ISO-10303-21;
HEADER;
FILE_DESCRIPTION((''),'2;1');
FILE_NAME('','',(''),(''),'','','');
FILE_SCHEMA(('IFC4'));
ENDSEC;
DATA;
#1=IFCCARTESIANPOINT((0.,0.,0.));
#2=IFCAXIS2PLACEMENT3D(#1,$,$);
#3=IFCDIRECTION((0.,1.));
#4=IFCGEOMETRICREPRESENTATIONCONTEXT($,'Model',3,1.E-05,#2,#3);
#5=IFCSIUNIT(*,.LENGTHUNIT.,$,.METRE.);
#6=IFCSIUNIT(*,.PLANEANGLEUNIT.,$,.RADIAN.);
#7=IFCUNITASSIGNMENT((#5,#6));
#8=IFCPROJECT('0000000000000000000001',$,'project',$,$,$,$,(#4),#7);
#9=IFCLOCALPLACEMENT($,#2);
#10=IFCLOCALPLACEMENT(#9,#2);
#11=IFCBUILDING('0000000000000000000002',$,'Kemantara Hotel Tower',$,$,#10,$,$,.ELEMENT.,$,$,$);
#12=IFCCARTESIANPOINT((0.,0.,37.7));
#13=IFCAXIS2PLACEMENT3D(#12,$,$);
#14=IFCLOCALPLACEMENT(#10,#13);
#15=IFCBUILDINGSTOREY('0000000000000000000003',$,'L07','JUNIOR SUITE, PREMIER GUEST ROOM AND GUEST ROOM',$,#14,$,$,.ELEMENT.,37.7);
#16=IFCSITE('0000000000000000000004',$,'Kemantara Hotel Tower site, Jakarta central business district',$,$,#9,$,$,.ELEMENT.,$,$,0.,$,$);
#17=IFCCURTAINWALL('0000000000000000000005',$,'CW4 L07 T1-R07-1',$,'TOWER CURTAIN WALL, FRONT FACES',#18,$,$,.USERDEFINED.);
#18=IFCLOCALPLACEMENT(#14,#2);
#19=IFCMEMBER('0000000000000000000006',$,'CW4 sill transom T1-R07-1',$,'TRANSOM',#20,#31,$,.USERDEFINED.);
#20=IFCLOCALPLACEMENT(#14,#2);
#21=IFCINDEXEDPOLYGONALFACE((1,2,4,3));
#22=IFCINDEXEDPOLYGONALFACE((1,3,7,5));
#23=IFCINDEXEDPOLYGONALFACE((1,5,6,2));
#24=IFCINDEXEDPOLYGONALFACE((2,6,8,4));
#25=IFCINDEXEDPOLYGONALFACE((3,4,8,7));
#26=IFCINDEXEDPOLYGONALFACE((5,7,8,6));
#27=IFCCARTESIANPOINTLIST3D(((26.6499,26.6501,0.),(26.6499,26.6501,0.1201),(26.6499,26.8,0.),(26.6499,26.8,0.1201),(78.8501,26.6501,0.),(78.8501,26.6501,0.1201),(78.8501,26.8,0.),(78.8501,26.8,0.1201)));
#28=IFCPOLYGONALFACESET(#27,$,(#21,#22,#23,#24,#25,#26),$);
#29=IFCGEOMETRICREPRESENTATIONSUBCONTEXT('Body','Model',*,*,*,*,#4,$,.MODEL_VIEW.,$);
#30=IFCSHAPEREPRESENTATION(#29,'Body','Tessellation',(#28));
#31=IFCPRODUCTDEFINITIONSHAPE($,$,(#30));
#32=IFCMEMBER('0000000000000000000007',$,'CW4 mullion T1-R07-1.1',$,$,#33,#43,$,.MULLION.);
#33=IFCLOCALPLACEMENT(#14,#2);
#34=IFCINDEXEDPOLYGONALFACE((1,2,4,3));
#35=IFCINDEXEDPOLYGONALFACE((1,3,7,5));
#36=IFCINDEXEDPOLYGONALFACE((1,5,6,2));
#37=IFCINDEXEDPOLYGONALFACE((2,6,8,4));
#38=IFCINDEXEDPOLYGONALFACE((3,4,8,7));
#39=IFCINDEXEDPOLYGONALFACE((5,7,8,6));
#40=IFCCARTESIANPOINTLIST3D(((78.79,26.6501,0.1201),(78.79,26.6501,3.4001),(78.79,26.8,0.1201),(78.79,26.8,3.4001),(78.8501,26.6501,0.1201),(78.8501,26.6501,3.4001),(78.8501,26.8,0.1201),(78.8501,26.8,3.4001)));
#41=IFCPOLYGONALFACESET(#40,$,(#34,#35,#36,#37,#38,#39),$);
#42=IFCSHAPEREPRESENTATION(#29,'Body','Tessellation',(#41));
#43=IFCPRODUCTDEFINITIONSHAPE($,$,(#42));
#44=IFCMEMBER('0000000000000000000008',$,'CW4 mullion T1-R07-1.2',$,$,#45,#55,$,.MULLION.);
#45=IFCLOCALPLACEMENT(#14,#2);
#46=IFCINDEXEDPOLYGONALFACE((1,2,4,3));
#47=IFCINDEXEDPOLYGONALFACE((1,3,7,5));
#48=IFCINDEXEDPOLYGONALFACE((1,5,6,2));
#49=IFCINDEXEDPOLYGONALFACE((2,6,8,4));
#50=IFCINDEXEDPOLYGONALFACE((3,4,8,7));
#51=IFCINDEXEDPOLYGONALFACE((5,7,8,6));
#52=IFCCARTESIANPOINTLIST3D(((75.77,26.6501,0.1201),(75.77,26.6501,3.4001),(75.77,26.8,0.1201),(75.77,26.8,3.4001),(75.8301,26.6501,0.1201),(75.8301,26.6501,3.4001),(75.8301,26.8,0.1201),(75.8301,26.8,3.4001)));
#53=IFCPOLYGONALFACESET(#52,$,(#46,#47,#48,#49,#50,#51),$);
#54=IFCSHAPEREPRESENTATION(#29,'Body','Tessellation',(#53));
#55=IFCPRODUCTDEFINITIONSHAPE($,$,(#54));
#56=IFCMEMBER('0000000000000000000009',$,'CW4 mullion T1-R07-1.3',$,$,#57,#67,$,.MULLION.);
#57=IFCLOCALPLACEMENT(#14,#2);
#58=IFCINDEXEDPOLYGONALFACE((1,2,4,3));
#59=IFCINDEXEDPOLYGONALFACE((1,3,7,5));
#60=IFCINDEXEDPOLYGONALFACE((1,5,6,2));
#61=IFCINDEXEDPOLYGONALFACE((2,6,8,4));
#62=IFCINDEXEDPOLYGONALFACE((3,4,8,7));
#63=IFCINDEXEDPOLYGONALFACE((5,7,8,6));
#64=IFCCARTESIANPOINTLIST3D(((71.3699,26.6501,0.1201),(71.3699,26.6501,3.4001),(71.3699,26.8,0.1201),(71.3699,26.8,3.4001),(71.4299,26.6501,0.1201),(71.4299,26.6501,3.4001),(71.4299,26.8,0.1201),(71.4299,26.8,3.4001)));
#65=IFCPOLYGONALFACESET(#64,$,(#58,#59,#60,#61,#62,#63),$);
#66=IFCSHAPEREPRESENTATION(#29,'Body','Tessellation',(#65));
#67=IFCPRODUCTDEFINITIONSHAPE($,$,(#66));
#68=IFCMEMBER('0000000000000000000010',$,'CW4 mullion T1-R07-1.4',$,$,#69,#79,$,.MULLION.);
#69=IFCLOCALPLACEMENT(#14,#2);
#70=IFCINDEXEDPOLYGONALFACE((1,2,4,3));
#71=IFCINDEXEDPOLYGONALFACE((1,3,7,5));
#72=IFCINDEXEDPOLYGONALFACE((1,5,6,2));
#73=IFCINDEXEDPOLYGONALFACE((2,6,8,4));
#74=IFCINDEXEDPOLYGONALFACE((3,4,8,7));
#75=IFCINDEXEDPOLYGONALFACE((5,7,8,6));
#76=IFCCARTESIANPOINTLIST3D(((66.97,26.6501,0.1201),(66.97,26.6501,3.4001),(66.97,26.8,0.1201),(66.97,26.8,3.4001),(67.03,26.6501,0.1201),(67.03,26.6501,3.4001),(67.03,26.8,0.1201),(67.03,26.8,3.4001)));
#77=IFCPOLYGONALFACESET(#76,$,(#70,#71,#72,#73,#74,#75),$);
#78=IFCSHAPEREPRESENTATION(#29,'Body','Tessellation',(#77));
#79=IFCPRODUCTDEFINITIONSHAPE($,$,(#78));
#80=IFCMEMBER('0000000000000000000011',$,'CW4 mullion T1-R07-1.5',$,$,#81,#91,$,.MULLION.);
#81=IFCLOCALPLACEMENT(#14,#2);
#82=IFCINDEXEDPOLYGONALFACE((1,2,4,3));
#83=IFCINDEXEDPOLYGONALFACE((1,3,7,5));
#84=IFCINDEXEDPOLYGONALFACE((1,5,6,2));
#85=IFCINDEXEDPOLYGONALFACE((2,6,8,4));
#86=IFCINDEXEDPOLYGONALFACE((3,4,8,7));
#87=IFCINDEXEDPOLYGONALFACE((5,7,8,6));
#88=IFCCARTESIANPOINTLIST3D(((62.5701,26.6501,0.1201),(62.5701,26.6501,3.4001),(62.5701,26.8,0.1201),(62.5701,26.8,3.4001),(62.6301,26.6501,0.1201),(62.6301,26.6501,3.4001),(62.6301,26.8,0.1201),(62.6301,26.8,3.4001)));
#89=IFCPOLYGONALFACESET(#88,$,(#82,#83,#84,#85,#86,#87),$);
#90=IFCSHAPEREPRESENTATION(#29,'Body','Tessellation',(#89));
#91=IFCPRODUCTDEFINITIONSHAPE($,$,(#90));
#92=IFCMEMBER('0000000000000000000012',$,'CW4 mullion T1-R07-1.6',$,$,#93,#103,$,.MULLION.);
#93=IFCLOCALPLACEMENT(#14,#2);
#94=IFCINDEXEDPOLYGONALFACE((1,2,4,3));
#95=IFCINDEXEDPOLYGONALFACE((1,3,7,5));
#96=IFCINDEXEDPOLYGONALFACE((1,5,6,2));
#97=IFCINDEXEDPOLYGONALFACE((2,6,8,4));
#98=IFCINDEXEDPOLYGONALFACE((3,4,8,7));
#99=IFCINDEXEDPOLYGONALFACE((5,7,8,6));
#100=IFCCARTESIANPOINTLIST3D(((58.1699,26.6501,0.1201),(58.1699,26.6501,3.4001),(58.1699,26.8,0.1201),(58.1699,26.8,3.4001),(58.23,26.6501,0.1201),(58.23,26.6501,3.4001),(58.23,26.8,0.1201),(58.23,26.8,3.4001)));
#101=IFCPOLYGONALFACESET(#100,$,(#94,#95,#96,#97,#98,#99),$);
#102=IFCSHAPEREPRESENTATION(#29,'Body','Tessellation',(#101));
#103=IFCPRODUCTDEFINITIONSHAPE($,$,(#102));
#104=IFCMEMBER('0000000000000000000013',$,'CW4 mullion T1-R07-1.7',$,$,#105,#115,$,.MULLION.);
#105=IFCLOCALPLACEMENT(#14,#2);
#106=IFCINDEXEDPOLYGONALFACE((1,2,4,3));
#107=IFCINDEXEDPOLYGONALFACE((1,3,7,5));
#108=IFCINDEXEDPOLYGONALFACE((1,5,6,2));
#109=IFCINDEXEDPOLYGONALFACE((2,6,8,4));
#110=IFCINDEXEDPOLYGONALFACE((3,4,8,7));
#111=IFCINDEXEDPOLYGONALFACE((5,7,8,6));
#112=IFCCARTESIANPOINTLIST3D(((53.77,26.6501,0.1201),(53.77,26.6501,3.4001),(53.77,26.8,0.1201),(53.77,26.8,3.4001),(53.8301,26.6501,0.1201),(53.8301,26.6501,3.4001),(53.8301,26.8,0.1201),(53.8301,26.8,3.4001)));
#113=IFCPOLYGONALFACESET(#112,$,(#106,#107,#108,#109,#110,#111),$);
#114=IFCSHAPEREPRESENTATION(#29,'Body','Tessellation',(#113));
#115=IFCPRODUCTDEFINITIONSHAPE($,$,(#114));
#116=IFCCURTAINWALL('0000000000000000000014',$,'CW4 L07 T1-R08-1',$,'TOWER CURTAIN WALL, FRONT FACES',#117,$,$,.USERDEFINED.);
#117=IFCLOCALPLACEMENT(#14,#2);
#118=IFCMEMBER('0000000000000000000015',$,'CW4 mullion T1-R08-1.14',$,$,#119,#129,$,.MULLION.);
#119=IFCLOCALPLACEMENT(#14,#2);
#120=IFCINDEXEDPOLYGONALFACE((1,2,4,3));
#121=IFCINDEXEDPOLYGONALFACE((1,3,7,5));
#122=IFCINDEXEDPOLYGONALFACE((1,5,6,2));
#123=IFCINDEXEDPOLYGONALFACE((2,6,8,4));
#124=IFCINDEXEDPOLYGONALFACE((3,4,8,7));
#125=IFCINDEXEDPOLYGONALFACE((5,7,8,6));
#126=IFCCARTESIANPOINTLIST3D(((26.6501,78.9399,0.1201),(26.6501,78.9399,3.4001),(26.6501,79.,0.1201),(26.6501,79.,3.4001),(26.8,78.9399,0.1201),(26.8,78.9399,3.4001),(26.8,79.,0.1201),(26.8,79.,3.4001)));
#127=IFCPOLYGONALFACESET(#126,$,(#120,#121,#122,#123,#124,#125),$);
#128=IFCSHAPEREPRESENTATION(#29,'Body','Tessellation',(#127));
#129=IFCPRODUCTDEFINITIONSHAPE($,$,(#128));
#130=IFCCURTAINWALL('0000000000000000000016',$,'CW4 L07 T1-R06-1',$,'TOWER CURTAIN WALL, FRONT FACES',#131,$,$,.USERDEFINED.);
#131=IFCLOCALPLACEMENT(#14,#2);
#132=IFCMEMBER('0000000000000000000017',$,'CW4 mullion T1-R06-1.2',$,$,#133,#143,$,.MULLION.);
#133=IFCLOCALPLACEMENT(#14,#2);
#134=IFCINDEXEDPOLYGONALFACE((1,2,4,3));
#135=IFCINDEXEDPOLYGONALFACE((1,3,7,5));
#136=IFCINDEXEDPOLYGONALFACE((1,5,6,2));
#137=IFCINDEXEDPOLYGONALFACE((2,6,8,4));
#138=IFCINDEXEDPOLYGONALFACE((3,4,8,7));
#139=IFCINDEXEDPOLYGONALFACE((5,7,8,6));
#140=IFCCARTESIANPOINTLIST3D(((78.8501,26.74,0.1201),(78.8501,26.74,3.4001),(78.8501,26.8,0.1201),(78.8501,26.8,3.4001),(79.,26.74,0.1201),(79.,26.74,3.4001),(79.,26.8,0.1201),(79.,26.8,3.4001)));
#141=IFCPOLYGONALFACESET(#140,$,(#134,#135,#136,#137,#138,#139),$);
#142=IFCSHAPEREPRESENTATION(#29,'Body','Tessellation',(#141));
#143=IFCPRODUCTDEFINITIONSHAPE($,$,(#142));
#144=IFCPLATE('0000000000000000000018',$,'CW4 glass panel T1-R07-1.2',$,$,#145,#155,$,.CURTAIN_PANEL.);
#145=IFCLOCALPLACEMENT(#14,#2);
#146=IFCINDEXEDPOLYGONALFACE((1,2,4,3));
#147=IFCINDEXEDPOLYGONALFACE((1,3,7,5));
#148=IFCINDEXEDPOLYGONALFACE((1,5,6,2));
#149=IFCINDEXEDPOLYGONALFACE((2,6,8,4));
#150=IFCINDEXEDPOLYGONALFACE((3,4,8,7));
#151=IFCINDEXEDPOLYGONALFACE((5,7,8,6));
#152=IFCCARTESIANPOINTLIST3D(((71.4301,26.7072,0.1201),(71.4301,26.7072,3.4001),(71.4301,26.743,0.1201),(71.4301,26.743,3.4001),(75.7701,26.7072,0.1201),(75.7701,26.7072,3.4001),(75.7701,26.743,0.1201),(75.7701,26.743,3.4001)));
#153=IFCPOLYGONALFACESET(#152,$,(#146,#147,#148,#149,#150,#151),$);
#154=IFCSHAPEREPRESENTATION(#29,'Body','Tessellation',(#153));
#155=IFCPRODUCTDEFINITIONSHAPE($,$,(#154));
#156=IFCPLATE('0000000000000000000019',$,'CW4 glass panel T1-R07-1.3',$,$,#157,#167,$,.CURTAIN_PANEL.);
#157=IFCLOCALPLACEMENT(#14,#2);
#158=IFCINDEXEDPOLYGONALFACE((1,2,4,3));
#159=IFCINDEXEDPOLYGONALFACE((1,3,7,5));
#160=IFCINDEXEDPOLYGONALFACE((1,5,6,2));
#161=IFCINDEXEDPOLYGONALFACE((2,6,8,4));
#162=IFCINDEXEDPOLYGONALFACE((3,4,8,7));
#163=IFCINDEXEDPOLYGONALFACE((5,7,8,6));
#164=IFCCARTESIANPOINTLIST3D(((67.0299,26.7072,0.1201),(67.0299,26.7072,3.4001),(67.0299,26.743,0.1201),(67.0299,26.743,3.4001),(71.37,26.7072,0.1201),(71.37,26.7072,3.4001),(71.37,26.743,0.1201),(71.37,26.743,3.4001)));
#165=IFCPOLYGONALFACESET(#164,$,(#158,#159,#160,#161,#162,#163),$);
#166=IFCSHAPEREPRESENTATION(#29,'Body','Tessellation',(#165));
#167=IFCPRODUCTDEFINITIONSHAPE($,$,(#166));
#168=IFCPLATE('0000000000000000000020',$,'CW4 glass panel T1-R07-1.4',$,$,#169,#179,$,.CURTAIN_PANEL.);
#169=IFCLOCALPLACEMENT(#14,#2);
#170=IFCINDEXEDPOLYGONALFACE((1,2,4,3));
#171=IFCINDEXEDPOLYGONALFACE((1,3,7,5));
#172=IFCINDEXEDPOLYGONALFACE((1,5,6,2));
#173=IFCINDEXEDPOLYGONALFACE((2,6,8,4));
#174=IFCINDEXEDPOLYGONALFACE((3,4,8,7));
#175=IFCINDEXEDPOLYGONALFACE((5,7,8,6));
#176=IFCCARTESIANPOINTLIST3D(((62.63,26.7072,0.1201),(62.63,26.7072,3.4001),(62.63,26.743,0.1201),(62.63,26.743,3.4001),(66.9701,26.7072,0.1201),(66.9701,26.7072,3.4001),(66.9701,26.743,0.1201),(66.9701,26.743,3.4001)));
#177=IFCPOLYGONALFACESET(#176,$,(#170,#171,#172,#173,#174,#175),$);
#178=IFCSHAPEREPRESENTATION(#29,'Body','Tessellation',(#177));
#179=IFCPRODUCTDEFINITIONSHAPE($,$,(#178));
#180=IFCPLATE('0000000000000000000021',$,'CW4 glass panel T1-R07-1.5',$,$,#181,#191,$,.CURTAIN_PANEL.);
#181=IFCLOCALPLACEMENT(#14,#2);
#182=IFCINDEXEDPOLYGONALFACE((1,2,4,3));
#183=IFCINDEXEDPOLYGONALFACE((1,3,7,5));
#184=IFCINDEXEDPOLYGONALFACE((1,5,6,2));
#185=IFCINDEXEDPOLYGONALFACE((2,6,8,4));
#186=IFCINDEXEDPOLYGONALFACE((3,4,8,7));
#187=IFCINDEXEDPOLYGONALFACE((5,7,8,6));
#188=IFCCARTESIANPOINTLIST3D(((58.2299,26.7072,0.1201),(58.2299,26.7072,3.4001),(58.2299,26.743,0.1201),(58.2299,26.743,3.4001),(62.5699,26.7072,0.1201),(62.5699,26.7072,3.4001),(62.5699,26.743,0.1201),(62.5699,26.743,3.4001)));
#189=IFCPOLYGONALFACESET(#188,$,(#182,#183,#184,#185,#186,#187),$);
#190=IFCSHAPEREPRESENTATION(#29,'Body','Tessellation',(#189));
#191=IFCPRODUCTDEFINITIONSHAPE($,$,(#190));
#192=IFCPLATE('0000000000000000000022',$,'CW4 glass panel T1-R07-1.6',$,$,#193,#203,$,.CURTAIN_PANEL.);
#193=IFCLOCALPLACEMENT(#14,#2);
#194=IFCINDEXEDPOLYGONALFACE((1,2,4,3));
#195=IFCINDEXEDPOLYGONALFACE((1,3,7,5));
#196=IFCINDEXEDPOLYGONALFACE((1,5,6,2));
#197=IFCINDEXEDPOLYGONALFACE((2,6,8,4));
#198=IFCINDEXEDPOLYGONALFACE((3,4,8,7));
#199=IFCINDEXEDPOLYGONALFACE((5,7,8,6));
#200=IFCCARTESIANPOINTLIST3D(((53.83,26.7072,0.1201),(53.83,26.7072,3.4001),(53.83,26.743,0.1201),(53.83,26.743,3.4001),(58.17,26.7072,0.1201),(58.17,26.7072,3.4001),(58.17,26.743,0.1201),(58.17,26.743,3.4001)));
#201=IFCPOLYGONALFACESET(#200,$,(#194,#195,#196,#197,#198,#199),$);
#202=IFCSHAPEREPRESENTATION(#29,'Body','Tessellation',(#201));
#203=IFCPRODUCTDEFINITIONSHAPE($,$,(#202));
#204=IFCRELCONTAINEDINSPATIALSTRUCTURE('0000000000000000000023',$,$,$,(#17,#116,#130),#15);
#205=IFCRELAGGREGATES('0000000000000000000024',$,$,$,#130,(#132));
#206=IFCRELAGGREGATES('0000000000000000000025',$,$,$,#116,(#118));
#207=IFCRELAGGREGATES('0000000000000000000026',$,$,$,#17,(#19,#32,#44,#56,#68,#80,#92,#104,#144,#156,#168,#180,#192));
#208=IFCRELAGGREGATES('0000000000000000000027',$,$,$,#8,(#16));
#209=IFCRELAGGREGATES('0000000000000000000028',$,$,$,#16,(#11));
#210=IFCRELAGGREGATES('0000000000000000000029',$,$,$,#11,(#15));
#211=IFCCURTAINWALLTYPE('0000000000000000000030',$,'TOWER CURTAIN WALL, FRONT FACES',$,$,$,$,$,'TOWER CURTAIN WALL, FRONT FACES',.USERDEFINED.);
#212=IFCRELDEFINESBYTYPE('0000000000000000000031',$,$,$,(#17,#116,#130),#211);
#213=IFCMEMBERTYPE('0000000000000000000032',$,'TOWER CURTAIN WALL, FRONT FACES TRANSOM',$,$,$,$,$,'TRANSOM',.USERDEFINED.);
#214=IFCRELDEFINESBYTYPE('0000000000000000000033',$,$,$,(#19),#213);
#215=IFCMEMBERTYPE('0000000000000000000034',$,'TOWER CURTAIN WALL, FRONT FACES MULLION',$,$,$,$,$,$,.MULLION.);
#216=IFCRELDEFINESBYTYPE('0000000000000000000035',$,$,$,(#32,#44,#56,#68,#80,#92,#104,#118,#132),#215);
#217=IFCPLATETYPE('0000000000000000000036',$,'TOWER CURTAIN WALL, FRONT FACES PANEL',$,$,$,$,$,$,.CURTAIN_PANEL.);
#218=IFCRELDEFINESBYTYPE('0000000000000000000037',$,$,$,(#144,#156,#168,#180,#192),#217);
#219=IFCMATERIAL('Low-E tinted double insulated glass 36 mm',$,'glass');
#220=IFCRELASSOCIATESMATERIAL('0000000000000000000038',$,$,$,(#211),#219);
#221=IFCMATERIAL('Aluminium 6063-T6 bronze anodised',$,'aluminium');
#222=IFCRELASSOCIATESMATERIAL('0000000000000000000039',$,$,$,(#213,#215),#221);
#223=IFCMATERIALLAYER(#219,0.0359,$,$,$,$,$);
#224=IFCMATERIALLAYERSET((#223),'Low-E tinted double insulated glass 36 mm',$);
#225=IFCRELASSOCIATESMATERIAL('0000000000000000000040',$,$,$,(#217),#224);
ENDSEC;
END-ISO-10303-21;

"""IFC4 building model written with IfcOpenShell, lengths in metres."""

from ifc_helpers import new_model, si_unit, direction, frame, origin, origin_2d, place, context, subcontext, project, spatial, rectangle, extrude, source, transform, mapped, material, layer, layer_set, material_profile, profile_set, type_object, element, aggregate, save


model = new_model("IFC4")

# Units and contexts
model_context = context("Model", 3, precision=1e-05, world=origin(), true_north=direction((0.0, 1.0)))
body_context = subcontext(model_context, "Body", "Model", "MODEL_VIEW")
ifc_project = project(units=[si_unit("LENGTHUNIT", "METRE"), si_unit("PLANEANGLEUNIT", "RADIAN")], contexts=[model_context])

# Site, building, storey
site_placement = place(None, origin())
site = spatial("IfcSite", under=ifc_project, at=site_placement, Name="Kemantara Hotel Tower site, Jakarta central business district", CompositionType="ELEMENT", RefElevation=0.0)
building_placement = place(site_placement, origin())
building = spatial("IfcBuilding", under=site, at=building_placement, Name="Kemantara Hotel Tower", CompositionType="ELEMENT")
storey_placement = place(building_placement, frame((0.0, 0.0, 37.7)))
storey = spatial("IfcBuildingStorey", under=building, at=storey_placement, Name="L07", Description="JUNIOR SUITE, PREMIER GUEST ROOM AND GUEST ROOM", CompositionType="ELEMENT", Elevation=37.7)

# Curtain wall, members
ifc_material_1 = material(Name="Low-E tinted double insulated glass 36 mm", Category="glass")
curtain_wall_type = type_object("IfcCurtainWallType", Name="TOWER CURTAIN WALL, FRONT FACES", ElementType="TOWER CURTAIN WALL, FRONT FACES", PredefinedType="USERDEFINED", material=ifc_material_1)
curtain_wall_1_placement = place(storey_placement, origin())
curtain_wall_1 = element("IfcCurtainWall", 1, at=curtain_wall_1_placement, inside=storey, type_object=curtain_wall_type, Name="CW4 L07 T1-R07-1", ObjectType="TOWER CURTAIN WALL, FRONT FACES", PredefinedType="USERDEFINED")
ifc_material_2 = material(Name="Aluminium 6063-T6 bronze anodised", Category="aluminium")
ifc_material_profile_1 = material_profile(ifc_material_2, rectangle(XDim=0.1499, YDim=0.1201, at=origin_2d()), Name="TOWER CURTAIN WALL, FRONT FACES TRANSOM")
ifc_profile_set_1 = profile_set([ifc_material_profile_1], Name="Aluminium 6063-T6 bronze anodised")
member_type_1 = type_object("IfcMemberType", Name="TOWER CURTAIN WALL, FRONT FACES TRANSOM", ElementType="TRANSOM", PredefinedType="USERDEFINED", material=ifc_profile_set_1)
member_1_placement = place(storey_placement, frame((78.8501, 26.7251, 0.0601), z_axis=(-1.0, 0.0, 0.0), x_axis=(0.0, -1.0, 0.0)))
member_1 = element("IfcMember", 2, at=member_1_placement, type_object=member_type_1, Name="CW4 sill transom T1-R07-1", ObjectType="TRANSOM", PredefinedType="USERDEFINED", context=body_context, shape_type="SweptSolid", body=[
    extrude(rectangle(XDim=0.1499, YDim=0.1201, at=origin_2d()), origin(), (0.0, 0.0, 1.0), 52.2002),
])
ifc_material_profile_2 = material_profile(ifc_material_2, rectangle(XDim=0.1499, YDim=0.0601, at=origin_2d()), Name="TOWER CURTAIN WALL, FRONT FACES MULLION")
ifc_profile_set_2 = profile_set([ifc_material_profile_2], Name="Aluminium 6063-T6 bronze anodised")
member_type_2 = type_object("IfcMemberType", Name="TOWER CURTAIN WALL, FRONT FACES MULLION", PredefinedType="MULLION", material=ifc_profile_set_2)
shared_shape_1 = source(origin(), body_context, "Body", "SweptSolid", [
    extrude(rectangle(XDim=0.1499, YDim=0.0601, at=origin_2d()), origin(), (0.0, 0.0, 1.0), 3.28),
])
member_2_placement = place(storey_placement, frame((78.8201, 26.7251, 0.1201), z_axis=(0.0, 0.0, 1.0), x_axis=(0.0, -1.0, 0.0)))
member_2 = element("IfcMember", 3, at=member_2_placement, type_object=member_type_2, Name="CW4 mullion T1-R07-1.1", PredefinedType="MULLION", context=body_context, shape_type="MappedRepresentation", body=[
    mapped(shared_shape_1, transform((0.0, 0.0, 0.0))),
])
member_3_placement = place(storey_placement, frame((75.8, 26.7251, 0.1201), z_axis=(0.0, 0.0, 1.0), x_axis=(0.0, -1.0, 0.0)))
member_3 = element("IfcMember", 4, at=member_3_placement, type_object=member_type_2, Name="CW4 mullion T1-R07-1.2", PredefinedType="MULLION", context=body_context, shape_type="MappedRepresentation", body=[
    mapped(shared_shape_1, transform((0.0, 0.0, 0.0))),
])
member_4_placement = place(storey_placement, frame((71.3999, 26.7251, 0.1201), z_axis=(0.0, 0.0, 1.0), x_axis=(0.0, -1.0, 0.0)))
member_4 = element("IfcMember", 5, at=member_4_placement, type_object=member_type_2, Name="CW4 mullion T1-R07-1.3", PredefinedType="MULLION", context=body_context, shape_type="MappedRepresentation", body=[
    mapped(shared_shape_1, transform((0.0, 0.0, 0.0))),
])
member_5_placement = place(storey_placement, frame((67.0, 26.7251, 0.1201), z_axis=(0.0, 0.0, 1.0), x_axis=(0.0, -1.0, 0.0)))
member_5 = element("IfcMember", 6, at=member_5_placement, type_object=member_type_2, Name="CW4 mullion T1-R07-1.4", PredefinedType="MULLION", context=body_context, shape_type="MappedRepresentation", body=[
    mapped(shared_shape_1, transform((0.0, 0.0, 0.0))),
])
member_6_placement = place(storey_placement, frame((62.6001, 26.7251, 0.1201), z_axis=(0.0, 0.0, 1.0), x_axis=(0.0, -1.0, 0.0)))
member_6 = element("IfcMember", 7, at=member_6_placement, type_object=member_type_2, Name="CW4 mullion T1-R07-1.5", PredefinedType="MULLION", context=body_context, shape_type="MappedRepresentation", body=[
    mapped(shared_shape_1, transform((0.0, 0.0, 0.0))),
])
member_7_placement = place(storey_placement, frame((58.2, 26.7251, 0.1201), z_axis=(0.0, 0.0, 1.0), x_axis=(0.0, -1.0, 0.0)))
member_7 = element("IfcMember", 8, at=member_7_placement, type_object=member_type_2, Name="CW4 mullion T1-R07-1.6", PredefinedType="MULLION", context=body_context, shape_type="MappedRepresentation", body=[
    mapped(shared_shape_1, transform((0.0, 0.0, 0.0))),
])
member_8_placement = place(storey_placement, frame((53.8, 26.7251, 0.1201), z_axis=(0.0, 0.0, 1.0), x_axis=(0.0, -1.0, 0.0)))
member_8 = element("IfcMember", 9, at=member_8_placement, type_object=member_type_2, Name="CW4 mullion T1-R07-1.7", PredefinedType="MULLION", context=body_context, shape_type="MappedRepresentation", body=[
    mapped(shared_shape_1, transform((0.0, 0.0, 0.0))),
])

# Curtain walls, members
curtain_wall_2_placement = place(storey_placement, origin())
curtain_wall_2 = element("IfcCurtainWall", 10, at=curtain_wall_2_placement, inside=storey, type_object=curtain_wall_type, Name="CW4 L07 T1-R08-1", ObjectType="TOWER CURTAIN WALL, FRONT FACES", PredefinedType="USERDEFINED")
member_9_placement = place(storey_placement, frame((26.7251, 78.97, 0.1201), z_axis=(0.0, 0.0, 1.0), x_axis=(-1.0, 0.0, 0.0)))
member_9 = element("IfcMember", 11, at=member_9_placement, type_object=member_type_2, Name="CW4 mullion T1-R08-1.14", PredefinedType="MULLION", context=body_context, shape_type="MappedRepresentation", body=[
    mapped(shared_shape_1, transform((0.0, 0.0, 0.0))),
])
curtain_wall_3_placement = place(storey_placement, origin())
curtain_wall_3 = element("IfcCurtainWall", 12, at=curtain_wall_3_placement, inside=storey, type_object=curtain_wall_type, Name="CW4 L07 T1-R06-1", ObjectType="TOWER CURTAIN WALL, FRONT FACES", PredefinedType="USERDEFINED")
member_10_placement = place(storey_placement, frame((78.925, 26.77, 0.1201), z_axis=(0.0, 0.0, 1.0), x_axis=(-1.0, 0.0, 0.0)))
member_10 = element("IfcMember", 13, at=member_10_placement, type_object=member_type_2, Name="CW4 mullion T1-R06-1.2", PredefinedType="MULLION", context=body_context, shape_type="MappedRepresentation", body=[
    mapped(shared_shape_1, transform((0.0, 0.0, 0.0))),
])
aggregate(curtain_wall_3, [member_10])

# Plates
ifc_layer_1 = layer(ifc_material_1, 0.0359)
ifc_layer_set_1 = layer_set([ifc_layer_1], Name="Low-E tinted double insulated glass 36 mm")
plate_type = type_object("IfcPlateType", Name="TOWER CURTAIN WALL, FRONT FACES PANEL", PredefinedType="CURTAIN_PANEL", material=ifc_layer_set_1)
shared_shape_2 = source(origin(), body_context, "Body", "SweptSolid", [
    extrude(rectangle(XDim=4.3401, YDim=0.0359, at=origin_2d()), origin(), (0.0, 0.0, 1.0), 3.28),
])
plate_1_placement = place(storey_placement, frame((73.6001, 26.7251, 0.1201), z_axis=(0.0, 0.0, 1.0), x_axis=(-1.0, 0.0, 0.0)))
plate_1 = element("IfcPlate", 14, at=plate_1_placement, type_object=plate_type, Name="CW4 glass panel T1-R07-1.2", PredefinedType="CURTAIN_PANEL", context=body_context, shape_type="MappedRepresentation", body=[
    mapped(shared_shape_2, transform((0.0, 0.0, 0.0))),
])
plate_2_placement = place(storey_placement, frame((69.2, 26.7251, 0.1201), z_axis=(0.0, 0.0, 1.0), x_axis=(-1.0, 0.0, 0.0)))
plate_2 = element("IfcPlate", 15, at=plate_2_placement, type_object=plate_type, Name="CW4 glass panel T1-R07-1.3", PredefinedType="CURTAIN_PANEL", context=body_context, shape_type="MappedRepresentation", body=[
    mapped(shared_shape_2, transform((0.0, 0.0, 0.0))),
])
plate_3_placement = place(storey_placement, frame((64.8, 26.7251, 0.1201), z_axis=(0.0, 0.0, 1.0), x_axis=(-1.0, 0.0, 0.0)))
plate_3 = element("IfcPlate", 16, at=plate_3_placement, type_object=plate_type, Name="CW4 glass panel T1-R07-1.4", PredefinedType="CURTAIN_PANEL", context=body_context, shape_type="MappedRepresentation", body=[
    mapped(shared_shape_2, transform((0.0, 0.0, 0.0))),
])
plate_4_placement = place(storey_placement, frame((60.3999, 26.7251, 0.1201), z_axis=(0.0, 0.0, 1.0), x_axis=(-1.0, 0.0, 0.0)))
plate_4 = element("IfcPlate", 17, at=plate_4_placement, type_object=plate_type, Name="CW4 glass panel T1-R07-1.5", PredefinedType="CURTAIN_PANEL", context=body_context, shape_type="MappedRepresentation", body=[
    mapped(shared_shape_2, transform((0.0, 0.0, 0.0))),
])
plate_5_placement = place(storey_placement, frame((56.0, 26.7251, 0.1201), z_axis=(0.0, 0.0, 1.0), x_axis=(-1.0, 0.0, 0.0)))
plate_5 = element("IfcPlate", 18, at=plate_5_placement, type_object=plate_type, Name="CW4 glass panel T1-R07-1.6", PredefinedType="CURTAIN_PANEL", context=body_context, shape_type="MappedRepresentation", body=[
    mapped(shared_shape_2, transform((0.0, 0.0, 0.0))),
])
aggregate(curtain_wall_2, [member_9])
aggregate(curtain_wall_1, [member_1, member_2, member_3, member_4, member_5, member_6, member_7, member_8, plate_1, plate_2, plate_3, plate_4, plate_5])

save(model, "model.ifc")
